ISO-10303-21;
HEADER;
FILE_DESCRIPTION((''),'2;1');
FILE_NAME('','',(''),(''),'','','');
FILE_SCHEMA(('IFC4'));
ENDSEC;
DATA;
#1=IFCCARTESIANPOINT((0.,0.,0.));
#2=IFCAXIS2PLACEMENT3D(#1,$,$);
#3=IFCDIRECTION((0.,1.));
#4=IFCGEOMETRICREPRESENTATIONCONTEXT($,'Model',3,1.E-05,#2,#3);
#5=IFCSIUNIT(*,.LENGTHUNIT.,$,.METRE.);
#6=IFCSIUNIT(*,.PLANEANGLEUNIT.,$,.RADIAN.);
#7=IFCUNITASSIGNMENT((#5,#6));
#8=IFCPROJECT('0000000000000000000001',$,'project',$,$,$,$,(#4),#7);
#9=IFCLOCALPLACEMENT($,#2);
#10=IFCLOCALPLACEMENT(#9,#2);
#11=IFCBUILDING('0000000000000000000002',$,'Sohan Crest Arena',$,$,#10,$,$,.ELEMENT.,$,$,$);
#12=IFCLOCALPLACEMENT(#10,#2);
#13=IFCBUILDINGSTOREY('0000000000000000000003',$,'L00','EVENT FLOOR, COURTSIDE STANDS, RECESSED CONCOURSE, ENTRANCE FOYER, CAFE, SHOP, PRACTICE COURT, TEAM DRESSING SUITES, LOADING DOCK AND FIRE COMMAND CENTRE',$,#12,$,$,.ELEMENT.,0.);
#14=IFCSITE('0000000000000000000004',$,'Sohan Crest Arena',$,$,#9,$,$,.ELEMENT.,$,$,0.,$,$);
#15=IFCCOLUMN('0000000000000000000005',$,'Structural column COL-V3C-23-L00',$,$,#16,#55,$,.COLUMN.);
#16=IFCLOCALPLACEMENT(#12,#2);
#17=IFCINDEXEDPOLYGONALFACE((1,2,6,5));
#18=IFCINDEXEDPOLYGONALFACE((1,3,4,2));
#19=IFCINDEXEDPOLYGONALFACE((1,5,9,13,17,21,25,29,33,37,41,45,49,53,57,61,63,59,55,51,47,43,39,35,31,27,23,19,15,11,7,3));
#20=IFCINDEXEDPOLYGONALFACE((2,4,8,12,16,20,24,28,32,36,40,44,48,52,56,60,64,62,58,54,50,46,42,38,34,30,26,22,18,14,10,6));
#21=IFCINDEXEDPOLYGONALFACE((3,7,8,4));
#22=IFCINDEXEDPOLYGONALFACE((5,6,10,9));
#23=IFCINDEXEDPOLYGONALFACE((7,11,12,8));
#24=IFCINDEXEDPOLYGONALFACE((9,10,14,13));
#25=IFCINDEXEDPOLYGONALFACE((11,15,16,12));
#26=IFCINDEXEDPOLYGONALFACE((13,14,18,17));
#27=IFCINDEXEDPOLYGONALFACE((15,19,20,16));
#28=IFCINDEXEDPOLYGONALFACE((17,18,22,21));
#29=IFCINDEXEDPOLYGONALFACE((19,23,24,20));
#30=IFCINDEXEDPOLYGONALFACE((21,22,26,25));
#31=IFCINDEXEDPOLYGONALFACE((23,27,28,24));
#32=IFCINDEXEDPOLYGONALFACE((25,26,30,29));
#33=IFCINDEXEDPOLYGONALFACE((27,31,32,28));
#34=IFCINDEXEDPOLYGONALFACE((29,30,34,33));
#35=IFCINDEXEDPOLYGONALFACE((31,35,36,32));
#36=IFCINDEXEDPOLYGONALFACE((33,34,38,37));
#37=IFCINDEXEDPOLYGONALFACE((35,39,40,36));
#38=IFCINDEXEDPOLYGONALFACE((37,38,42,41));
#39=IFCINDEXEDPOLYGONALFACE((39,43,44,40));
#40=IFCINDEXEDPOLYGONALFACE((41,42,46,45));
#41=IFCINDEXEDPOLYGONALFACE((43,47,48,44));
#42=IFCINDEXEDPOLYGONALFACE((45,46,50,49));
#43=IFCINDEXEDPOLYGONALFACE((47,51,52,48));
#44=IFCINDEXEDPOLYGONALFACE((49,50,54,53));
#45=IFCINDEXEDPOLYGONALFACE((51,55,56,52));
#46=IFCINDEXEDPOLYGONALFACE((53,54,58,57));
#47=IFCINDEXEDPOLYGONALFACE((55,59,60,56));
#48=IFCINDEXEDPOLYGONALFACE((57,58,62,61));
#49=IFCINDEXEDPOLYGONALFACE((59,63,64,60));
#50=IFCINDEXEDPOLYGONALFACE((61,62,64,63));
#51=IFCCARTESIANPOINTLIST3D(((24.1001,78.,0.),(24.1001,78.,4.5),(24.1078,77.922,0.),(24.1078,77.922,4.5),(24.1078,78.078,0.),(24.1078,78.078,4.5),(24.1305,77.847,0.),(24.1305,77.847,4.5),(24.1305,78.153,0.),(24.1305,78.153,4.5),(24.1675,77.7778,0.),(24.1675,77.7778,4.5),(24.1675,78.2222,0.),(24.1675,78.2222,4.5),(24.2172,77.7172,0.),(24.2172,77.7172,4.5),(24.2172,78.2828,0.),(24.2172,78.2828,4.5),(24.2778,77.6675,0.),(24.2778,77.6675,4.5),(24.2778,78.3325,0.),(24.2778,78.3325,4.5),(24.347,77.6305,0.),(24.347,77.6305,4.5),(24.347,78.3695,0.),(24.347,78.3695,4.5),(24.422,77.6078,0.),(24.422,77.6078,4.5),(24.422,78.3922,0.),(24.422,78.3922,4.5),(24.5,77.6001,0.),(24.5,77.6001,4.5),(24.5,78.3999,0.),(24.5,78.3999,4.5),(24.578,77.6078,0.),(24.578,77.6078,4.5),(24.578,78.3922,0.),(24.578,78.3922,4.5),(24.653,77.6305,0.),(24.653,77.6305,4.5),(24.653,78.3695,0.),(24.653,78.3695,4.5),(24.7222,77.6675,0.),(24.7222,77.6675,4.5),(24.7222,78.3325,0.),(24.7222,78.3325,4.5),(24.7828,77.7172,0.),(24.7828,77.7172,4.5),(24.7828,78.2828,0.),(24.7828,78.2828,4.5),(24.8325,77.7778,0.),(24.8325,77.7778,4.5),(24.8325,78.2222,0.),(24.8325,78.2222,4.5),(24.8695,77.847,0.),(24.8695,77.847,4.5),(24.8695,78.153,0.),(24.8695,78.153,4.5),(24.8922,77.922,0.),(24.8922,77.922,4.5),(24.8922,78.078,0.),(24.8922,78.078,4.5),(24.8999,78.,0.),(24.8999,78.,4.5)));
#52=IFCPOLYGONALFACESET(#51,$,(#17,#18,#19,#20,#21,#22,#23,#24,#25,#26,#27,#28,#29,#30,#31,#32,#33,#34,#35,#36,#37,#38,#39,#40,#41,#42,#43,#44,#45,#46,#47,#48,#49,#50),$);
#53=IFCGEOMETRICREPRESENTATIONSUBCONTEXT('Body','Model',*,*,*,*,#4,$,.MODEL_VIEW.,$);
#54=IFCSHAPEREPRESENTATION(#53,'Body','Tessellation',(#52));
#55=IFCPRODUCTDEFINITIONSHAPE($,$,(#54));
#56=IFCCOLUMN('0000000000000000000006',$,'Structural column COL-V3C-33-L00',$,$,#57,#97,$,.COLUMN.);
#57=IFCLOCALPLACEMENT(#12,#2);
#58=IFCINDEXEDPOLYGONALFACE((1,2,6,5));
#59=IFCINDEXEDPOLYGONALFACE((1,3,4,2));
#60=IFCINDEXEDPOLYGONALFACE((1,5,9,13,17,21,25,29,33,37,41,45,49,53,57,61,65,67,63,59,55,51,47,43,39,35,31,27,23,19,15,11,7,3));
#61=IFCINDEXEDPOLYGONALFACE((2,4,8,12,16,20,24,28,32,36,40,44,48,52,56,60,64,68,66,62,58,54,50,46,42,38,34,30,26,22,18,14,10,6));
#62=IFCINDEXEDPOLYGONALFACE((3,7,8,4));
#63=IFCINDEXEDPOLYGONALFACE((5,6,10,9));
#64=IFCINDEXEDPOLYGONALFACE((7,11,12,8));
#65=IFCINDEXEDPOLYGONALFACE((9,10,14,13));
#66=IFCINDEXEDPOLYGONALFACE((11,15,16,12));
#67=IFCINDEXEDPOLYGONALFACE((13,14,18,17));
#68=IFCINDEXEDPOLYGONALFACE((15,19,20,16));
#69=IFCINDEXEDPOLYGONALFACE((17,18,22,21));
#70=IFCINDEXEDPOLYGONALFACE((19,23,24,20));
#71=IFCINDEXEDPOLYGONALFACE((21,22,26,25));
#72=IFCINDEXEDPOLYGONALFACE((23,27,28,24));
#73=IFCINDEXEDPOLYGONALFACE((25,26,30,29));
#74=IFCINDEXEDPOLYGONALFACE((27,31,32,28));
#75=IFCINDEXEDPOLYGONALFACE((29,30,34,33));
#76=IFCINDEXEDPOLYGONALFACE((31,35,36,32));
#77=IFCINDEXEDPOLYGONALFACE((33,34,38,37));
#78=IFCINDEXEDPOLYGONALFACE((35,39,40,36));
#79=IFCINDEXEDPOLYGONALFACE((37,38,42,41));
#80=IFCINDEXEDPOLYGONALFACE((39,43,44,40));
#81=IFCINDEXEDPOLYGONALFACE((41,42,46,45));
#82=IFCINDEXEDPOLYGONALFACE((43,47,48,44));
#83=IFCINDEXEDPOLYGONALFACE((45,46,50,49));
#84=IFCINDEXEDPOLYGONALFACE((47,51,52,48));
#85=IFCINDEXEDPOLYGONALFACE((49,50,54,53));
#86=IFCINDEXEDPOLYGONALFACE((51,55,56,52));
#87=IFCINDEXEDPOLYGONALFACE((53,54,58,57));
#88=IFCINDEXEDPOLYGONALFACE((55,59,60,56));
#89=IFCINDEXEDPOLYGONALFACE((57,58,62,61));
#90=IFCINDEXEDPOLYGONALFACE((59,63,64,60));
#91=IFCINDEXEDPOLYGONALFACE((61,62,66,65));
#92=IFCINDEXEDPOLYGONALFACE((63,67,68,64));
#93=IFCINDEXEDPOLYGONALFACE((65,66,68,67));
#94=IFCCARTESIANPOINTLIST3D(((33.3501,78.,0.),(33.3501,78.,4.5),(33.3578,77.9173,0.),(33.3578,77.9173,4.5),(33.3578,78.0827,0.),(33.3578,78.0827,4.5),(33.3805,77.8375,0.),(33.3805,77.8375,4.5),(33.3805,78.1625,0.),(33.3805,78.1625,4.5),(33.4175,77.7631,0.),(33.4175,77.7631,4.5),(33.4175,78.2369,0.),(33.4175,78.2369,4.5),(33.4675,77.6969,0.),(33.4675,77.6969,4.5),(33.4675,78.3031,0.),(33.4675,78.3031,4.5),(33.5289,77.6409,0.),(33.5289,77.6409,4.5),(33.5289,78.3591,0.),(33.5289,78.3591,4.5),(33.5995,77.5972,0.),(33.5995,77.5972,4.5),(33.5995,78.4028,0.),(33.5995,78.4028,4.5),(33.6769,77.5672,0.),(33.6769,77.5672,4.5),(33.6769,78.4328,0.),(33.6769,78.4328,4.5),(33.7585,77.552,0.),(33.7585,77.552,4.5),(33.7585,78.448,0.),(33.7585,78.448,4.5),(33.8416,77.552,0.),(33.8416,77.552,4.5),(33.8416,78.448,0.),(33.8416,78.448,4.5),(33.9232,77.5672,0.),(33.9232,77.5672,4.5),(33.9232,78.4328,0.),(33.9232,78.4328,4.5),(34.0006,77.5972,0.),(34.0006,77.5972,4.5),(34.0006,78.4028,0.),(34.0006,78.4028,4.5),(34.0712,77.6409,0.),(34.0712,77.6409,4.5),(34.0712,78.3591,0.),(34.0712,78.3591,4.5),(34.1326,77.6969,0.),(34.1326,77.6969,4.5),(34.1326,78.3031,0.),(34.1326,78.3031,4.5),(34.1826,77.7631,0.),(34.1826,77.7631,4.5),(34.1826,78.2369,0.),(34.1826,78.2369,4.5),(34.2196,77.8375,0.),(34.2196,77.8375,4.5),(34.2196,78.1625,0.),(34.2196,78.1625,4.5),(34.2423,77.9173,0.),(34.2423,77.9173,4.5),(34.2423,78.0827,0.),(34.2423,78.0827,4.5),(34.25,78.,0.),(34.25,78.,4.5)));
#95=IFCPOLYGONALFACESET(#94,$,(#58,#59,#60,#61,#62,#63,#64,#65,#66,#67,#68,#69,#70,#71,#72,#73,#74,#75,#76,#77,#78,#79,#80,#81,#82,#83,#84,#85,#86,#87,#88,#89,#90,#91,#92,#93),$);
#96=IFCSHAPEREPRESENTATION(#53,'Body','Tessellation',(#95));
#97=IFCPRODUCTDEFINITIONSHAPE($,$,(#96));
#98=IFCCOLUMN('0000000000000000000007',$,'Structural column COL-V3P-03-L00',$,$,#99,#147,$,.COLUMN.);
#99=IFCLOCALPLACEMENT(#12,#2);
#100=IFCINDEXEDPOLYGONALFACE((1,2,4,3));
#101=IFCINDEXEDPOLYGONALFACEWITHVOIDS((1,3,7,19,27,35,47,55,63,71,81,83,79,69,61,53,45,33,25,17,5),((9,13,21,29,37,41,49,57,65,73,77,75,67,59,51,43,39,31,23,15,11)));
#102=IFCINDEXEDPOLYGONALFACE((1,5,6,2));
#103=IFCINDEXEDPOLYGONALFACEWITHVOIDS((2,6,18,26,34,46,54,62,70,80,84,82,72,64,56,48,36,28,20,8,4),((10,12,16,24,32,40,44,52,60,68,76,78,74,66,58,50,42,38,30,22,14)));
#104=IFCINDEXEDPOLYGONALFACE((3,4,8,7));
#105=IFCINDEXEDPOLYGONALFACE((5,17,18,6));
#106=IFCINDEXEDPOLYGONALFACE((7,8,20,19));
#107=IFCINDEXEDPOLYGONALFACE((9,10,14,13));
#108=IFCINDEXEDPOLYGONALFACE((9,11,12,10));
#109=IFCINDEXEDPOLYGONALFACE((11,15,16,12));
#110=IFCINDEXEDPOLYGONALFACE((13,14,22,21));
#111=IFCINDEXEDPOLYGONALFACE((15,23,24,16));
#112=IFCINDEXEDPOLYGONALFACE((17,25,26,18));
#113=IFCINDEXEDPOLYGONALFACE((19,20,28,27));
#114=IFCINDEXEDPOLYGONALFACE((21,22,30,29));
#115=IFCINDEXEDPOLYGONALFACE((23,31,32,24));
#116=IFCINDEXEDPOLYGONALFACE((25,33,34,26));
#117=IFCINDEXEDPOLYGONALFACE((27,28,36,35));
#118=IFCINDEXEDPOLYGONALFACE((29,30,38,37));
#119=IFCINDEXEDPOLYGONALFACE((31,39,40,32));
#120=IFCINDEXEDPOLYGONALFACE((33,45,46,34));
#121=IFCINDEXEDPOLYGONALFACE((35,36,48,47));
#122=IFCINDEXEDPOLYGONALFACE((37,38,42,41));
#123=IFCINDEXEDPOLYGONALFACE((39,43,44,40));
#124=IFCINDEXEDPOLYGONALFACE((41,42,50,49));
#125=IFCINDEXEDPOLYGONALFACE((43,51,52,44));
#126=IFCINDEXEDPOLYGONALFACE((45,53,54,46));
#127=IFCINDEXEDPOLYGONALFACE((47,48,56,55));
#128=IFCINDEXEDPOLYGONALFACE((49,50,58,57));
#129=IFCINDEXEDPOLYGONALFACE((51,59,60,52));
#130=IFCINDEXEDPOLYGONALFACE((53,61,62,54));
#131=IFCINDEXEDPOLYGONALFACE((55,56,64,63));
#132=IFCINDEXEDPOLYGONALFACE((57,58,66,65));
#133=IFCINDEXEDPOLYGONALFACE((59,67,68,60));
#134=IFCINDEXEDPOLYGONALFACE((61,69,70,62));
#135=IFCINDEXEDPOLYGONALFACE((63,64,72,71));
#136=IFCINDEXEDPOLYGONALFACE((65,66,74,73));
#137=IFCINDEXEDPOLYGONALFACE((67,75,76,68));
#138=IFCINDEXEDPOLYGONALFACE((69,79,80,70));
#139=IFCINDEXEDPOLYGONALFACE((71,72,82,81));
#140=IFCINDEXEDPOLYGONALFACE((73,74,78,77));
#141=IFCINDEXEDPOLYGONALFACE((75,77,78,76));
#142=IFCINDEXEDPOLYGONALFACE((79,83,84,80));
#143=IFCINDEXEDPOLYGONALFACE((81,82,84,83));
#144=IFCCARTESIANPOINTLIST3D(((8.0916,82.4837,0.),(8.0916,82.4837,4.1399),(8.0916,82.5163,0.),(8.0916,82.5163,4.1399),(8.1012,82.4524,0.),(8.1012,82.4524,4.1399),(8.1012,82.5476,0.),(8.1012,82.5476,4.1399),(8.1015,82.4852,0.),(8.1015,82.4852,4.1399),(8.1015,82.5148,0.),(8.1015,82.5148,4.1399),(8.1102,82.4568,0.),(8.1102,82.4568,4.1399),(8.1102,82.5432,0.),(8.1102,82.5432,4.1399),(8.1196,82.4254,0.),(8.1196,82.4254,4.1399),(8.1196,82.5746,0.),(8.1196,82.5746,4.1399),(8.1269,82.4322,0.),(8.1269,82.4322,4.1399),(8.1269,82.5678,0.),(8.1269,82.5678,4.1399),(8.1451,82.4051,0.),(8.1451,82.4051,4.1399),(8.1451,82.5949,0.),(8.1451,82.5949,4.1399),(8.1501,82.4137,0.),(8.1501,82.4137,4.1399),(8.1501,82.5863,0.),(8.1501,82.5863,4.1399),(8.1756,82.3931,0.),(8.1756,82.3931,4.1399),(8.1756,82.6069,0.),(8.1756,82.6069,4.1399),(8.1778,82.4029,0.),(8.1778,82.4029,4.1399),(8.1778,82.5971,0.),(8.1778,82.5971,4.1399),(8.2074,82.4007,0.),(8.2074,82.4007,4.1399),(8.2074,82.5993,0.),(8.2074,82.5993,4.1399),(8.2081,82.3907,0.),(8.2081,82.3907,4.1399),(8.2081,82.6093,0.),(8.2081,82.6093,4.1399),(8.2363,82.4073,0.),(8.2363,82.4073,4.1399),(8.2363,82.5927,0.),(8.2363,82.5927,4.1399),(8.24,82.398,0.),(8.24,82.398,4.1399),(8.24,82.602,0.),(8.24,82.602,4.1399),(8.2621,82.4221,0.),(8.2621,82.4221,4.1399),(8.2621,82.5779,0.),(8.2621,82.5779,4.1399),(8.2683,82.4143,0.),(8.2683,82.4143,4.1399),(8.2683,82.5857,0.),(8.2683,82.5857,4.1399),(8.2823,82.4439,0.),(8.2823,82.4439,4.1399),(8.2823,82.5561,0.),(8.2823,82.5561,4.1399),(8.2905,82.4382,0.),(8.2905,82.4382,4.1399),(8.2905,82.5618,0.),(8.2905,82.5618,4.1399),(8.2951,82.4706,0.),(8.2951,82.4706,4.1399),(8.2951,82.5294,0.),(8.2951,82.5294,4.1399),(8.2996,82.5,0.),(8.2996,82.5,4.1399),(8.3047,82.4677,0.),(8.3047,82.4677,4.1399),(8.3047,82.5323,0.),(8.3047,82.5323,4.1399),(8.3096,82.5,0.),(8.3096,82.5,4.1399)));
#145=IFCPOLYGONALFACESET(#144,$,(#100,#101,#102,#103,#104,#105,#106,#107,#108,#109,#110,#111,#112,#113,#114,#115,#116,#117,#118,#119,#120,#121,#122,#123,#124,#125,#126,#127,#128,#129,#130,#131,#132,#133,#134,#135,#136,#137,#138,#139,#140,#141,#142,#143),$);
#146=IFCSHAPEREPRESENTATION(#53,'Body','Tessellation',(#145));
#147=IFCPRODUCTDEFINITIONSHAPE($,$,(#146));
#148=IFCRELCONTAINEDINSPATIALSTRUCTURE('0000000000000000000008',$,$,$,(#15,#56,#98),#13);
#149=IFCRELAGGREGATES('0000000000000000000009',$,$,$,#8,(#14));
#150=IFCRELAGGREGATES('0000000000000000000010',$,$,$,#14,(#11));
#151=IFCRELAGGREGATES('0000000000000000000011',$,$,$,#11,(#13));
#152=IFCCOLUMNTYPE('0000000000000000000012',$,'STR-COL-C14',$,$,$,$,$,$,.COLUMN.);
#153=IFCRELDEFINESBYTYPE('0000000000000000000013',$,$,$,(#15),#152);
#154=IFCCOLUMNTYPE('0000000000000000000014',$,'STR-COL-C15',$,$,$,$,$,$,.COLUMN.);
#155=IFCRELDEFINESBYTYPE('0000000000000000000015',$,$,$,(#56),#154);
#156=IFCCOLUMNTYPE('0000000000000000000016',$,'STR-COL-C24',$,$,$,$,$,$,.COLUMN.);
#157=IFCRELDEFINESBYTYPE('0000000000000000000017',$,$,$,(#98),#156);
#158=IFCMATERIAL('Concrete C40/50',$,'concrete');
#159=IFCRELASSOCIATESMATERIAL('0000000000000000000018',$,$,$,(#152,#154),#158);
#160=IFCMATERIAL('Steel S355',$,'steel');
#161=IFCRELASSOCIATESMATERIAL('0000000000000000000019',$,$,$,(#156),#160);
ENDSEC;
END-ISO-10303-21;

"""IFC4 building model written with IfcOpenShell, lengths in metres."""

from ifc_helpers import new_model, si_unit, direction, frame, origin, origin_2d, place, context, subcontext, project, spatial, circle, hollow_circle, extrude, material, material_profile, profile_set, type_object, element, save


model = new_model("IFC4")

# Units and contexts
model_context = context("Model", 3, precision=1e-05, world=origin(), true_north=direction((0.0, 1.0)))
body_context = subcontext(model_context, "Body", "Model", "MODEL_VIEW")
ifc_project = project(units=[si_unit("LENGTHUNIT", "METRE"), si_unit("PLANEANGLEUNIT", "RADIAN")], contexts=[model_context])

# Site, building, storey
site_placement = place(None, origin())
site = spatial("IfcSite", under=ifc_project, at=site_placement, Name="Sohan Crest Arena", CompositionType="ELEMENT", RefElevation=0.0)
building_placement = place(site_placement, origin())
building = spatial("IfcBuilding", under=site, at=building_placement, Name="Sohan Crest Arena", CompositionType="ELEMENT")
storey_placement = place(building_placement, origin())
storey = spatial("IfcBuildingStorey", under=building, at=storey_placement, Name="L00", Description="EVENT FLOOR, COURTSIDE STANDS, RECESSED CONCOURSE, ENTRANCE FOYER, CAFE, SHOP, PRACTICE COURT, TEAM DRESSING SUITES, LOADING DOCK AND FIRE COMMAND CENTRE", CompositionType="ELEMENT", Elevation=0.0)

# Columns
ifc_material_1 = material(Name="Concrete C40/50", Category="concrete")
ifc_material_profile_1 = material_profile(ifc_material_1, circle(Radius=0.3999, at=origin_2d()), Name="RC D800")
ifc_profile_set_1 = profile_set([ifc_material_profile_1], Name="Concrete C40/50")
column_type_1 = type_object("IfcColumnType", Name="STR-COL-C14", PredefinedType="COLUMN", material=ifc_profile_set_1)
column_1_placement = place(storey_placement, frame((24.5, 78.0, 0.0), z_axis=(0.0, 0.0, 1.0), x_axis=(1.0, 0.0, 0.0)))
element("IfcColumn", 1, at=column_1_placement, inside=storey, type_object=column_type_1, Name="Structural column COL-V3C-23-L00", PredefinedType="COLUMN", context=body_context, shape_type="SweptSolid", body=[
    extrude(circle(Radius=0.3999, at=origin_2d()), origin(), (0.0, 0.0, 1.0), 4.5),
])
ifc_material_profile_2 = material_profile(ifc_material_1, circle(Radius=0.45, at=origin_2d()), Name="RC D900")
ifc_profile_set_2 = profile_set([ifc_material_profile_2], Name="Concrete C40/50")
column_type_2 = type_object("IfcColumnType", Name="STR-COL-C15", PredefinedType="COLUMN", material=ifc_profile_set_2)
column_2_placement = place(storey_placement, frame((33.8, 78.0, 0.0), z_axis=(0.0, 0.0, 1.0), x_axis=(1.0, 0.0, 0.0)))
element("IfcColumn", 2, at=column_2_placement, inside=storey, type_object=column_type_2, Name="Structural column COL-V3C-33-L00", PredefinedType="COLUMN", context=body_context, shape_type="SweptSolid", body=[
    extrude(circle(Radius=0.45, at=origin_2d()), origin(), (0.0, 0.0, 1.0), 4.5),
])
ifc_material_2 = material(Name="Steel S355", Category="steel")
ifc_material_profile_3 = material_profile(ifc_material_2, hollow_circle(Radius=0.1096, WallThickness=0.01, at=origin_2d()), Name="CHS 219.1x10")
ifc_profile_set_3 = profile_set([ifc_material_profile_3], Name="Steel S355")
column_type_3 = type_object("IfcColumnType", Name="STR-COL-C24", PredefinedType="COLUMN", material=ifc_profile_set_3)
column_3_placement = place(storey_placement, frame((8.2, 82.5, 0.0), z_axis=(0.0, 0.0, 1.0), x_axis=(1.0, 0.0, 0.0)))
element("IfcColumn", 3, at=column_3_placement, inside=storey, type_object=column_type_3, Name="Structural column COL-V3P-03-L00", PredefinedType="COLUMN", context=body_context, shape_type="SweptSolid", body=[
    extrude(hollow_circle(Radius=0.1096, WallThickness=0.01, at=origin_2d()), origin(), (0.0, 0.0, 1.0), 4.1399),
])

save(model, "model.ifc")
